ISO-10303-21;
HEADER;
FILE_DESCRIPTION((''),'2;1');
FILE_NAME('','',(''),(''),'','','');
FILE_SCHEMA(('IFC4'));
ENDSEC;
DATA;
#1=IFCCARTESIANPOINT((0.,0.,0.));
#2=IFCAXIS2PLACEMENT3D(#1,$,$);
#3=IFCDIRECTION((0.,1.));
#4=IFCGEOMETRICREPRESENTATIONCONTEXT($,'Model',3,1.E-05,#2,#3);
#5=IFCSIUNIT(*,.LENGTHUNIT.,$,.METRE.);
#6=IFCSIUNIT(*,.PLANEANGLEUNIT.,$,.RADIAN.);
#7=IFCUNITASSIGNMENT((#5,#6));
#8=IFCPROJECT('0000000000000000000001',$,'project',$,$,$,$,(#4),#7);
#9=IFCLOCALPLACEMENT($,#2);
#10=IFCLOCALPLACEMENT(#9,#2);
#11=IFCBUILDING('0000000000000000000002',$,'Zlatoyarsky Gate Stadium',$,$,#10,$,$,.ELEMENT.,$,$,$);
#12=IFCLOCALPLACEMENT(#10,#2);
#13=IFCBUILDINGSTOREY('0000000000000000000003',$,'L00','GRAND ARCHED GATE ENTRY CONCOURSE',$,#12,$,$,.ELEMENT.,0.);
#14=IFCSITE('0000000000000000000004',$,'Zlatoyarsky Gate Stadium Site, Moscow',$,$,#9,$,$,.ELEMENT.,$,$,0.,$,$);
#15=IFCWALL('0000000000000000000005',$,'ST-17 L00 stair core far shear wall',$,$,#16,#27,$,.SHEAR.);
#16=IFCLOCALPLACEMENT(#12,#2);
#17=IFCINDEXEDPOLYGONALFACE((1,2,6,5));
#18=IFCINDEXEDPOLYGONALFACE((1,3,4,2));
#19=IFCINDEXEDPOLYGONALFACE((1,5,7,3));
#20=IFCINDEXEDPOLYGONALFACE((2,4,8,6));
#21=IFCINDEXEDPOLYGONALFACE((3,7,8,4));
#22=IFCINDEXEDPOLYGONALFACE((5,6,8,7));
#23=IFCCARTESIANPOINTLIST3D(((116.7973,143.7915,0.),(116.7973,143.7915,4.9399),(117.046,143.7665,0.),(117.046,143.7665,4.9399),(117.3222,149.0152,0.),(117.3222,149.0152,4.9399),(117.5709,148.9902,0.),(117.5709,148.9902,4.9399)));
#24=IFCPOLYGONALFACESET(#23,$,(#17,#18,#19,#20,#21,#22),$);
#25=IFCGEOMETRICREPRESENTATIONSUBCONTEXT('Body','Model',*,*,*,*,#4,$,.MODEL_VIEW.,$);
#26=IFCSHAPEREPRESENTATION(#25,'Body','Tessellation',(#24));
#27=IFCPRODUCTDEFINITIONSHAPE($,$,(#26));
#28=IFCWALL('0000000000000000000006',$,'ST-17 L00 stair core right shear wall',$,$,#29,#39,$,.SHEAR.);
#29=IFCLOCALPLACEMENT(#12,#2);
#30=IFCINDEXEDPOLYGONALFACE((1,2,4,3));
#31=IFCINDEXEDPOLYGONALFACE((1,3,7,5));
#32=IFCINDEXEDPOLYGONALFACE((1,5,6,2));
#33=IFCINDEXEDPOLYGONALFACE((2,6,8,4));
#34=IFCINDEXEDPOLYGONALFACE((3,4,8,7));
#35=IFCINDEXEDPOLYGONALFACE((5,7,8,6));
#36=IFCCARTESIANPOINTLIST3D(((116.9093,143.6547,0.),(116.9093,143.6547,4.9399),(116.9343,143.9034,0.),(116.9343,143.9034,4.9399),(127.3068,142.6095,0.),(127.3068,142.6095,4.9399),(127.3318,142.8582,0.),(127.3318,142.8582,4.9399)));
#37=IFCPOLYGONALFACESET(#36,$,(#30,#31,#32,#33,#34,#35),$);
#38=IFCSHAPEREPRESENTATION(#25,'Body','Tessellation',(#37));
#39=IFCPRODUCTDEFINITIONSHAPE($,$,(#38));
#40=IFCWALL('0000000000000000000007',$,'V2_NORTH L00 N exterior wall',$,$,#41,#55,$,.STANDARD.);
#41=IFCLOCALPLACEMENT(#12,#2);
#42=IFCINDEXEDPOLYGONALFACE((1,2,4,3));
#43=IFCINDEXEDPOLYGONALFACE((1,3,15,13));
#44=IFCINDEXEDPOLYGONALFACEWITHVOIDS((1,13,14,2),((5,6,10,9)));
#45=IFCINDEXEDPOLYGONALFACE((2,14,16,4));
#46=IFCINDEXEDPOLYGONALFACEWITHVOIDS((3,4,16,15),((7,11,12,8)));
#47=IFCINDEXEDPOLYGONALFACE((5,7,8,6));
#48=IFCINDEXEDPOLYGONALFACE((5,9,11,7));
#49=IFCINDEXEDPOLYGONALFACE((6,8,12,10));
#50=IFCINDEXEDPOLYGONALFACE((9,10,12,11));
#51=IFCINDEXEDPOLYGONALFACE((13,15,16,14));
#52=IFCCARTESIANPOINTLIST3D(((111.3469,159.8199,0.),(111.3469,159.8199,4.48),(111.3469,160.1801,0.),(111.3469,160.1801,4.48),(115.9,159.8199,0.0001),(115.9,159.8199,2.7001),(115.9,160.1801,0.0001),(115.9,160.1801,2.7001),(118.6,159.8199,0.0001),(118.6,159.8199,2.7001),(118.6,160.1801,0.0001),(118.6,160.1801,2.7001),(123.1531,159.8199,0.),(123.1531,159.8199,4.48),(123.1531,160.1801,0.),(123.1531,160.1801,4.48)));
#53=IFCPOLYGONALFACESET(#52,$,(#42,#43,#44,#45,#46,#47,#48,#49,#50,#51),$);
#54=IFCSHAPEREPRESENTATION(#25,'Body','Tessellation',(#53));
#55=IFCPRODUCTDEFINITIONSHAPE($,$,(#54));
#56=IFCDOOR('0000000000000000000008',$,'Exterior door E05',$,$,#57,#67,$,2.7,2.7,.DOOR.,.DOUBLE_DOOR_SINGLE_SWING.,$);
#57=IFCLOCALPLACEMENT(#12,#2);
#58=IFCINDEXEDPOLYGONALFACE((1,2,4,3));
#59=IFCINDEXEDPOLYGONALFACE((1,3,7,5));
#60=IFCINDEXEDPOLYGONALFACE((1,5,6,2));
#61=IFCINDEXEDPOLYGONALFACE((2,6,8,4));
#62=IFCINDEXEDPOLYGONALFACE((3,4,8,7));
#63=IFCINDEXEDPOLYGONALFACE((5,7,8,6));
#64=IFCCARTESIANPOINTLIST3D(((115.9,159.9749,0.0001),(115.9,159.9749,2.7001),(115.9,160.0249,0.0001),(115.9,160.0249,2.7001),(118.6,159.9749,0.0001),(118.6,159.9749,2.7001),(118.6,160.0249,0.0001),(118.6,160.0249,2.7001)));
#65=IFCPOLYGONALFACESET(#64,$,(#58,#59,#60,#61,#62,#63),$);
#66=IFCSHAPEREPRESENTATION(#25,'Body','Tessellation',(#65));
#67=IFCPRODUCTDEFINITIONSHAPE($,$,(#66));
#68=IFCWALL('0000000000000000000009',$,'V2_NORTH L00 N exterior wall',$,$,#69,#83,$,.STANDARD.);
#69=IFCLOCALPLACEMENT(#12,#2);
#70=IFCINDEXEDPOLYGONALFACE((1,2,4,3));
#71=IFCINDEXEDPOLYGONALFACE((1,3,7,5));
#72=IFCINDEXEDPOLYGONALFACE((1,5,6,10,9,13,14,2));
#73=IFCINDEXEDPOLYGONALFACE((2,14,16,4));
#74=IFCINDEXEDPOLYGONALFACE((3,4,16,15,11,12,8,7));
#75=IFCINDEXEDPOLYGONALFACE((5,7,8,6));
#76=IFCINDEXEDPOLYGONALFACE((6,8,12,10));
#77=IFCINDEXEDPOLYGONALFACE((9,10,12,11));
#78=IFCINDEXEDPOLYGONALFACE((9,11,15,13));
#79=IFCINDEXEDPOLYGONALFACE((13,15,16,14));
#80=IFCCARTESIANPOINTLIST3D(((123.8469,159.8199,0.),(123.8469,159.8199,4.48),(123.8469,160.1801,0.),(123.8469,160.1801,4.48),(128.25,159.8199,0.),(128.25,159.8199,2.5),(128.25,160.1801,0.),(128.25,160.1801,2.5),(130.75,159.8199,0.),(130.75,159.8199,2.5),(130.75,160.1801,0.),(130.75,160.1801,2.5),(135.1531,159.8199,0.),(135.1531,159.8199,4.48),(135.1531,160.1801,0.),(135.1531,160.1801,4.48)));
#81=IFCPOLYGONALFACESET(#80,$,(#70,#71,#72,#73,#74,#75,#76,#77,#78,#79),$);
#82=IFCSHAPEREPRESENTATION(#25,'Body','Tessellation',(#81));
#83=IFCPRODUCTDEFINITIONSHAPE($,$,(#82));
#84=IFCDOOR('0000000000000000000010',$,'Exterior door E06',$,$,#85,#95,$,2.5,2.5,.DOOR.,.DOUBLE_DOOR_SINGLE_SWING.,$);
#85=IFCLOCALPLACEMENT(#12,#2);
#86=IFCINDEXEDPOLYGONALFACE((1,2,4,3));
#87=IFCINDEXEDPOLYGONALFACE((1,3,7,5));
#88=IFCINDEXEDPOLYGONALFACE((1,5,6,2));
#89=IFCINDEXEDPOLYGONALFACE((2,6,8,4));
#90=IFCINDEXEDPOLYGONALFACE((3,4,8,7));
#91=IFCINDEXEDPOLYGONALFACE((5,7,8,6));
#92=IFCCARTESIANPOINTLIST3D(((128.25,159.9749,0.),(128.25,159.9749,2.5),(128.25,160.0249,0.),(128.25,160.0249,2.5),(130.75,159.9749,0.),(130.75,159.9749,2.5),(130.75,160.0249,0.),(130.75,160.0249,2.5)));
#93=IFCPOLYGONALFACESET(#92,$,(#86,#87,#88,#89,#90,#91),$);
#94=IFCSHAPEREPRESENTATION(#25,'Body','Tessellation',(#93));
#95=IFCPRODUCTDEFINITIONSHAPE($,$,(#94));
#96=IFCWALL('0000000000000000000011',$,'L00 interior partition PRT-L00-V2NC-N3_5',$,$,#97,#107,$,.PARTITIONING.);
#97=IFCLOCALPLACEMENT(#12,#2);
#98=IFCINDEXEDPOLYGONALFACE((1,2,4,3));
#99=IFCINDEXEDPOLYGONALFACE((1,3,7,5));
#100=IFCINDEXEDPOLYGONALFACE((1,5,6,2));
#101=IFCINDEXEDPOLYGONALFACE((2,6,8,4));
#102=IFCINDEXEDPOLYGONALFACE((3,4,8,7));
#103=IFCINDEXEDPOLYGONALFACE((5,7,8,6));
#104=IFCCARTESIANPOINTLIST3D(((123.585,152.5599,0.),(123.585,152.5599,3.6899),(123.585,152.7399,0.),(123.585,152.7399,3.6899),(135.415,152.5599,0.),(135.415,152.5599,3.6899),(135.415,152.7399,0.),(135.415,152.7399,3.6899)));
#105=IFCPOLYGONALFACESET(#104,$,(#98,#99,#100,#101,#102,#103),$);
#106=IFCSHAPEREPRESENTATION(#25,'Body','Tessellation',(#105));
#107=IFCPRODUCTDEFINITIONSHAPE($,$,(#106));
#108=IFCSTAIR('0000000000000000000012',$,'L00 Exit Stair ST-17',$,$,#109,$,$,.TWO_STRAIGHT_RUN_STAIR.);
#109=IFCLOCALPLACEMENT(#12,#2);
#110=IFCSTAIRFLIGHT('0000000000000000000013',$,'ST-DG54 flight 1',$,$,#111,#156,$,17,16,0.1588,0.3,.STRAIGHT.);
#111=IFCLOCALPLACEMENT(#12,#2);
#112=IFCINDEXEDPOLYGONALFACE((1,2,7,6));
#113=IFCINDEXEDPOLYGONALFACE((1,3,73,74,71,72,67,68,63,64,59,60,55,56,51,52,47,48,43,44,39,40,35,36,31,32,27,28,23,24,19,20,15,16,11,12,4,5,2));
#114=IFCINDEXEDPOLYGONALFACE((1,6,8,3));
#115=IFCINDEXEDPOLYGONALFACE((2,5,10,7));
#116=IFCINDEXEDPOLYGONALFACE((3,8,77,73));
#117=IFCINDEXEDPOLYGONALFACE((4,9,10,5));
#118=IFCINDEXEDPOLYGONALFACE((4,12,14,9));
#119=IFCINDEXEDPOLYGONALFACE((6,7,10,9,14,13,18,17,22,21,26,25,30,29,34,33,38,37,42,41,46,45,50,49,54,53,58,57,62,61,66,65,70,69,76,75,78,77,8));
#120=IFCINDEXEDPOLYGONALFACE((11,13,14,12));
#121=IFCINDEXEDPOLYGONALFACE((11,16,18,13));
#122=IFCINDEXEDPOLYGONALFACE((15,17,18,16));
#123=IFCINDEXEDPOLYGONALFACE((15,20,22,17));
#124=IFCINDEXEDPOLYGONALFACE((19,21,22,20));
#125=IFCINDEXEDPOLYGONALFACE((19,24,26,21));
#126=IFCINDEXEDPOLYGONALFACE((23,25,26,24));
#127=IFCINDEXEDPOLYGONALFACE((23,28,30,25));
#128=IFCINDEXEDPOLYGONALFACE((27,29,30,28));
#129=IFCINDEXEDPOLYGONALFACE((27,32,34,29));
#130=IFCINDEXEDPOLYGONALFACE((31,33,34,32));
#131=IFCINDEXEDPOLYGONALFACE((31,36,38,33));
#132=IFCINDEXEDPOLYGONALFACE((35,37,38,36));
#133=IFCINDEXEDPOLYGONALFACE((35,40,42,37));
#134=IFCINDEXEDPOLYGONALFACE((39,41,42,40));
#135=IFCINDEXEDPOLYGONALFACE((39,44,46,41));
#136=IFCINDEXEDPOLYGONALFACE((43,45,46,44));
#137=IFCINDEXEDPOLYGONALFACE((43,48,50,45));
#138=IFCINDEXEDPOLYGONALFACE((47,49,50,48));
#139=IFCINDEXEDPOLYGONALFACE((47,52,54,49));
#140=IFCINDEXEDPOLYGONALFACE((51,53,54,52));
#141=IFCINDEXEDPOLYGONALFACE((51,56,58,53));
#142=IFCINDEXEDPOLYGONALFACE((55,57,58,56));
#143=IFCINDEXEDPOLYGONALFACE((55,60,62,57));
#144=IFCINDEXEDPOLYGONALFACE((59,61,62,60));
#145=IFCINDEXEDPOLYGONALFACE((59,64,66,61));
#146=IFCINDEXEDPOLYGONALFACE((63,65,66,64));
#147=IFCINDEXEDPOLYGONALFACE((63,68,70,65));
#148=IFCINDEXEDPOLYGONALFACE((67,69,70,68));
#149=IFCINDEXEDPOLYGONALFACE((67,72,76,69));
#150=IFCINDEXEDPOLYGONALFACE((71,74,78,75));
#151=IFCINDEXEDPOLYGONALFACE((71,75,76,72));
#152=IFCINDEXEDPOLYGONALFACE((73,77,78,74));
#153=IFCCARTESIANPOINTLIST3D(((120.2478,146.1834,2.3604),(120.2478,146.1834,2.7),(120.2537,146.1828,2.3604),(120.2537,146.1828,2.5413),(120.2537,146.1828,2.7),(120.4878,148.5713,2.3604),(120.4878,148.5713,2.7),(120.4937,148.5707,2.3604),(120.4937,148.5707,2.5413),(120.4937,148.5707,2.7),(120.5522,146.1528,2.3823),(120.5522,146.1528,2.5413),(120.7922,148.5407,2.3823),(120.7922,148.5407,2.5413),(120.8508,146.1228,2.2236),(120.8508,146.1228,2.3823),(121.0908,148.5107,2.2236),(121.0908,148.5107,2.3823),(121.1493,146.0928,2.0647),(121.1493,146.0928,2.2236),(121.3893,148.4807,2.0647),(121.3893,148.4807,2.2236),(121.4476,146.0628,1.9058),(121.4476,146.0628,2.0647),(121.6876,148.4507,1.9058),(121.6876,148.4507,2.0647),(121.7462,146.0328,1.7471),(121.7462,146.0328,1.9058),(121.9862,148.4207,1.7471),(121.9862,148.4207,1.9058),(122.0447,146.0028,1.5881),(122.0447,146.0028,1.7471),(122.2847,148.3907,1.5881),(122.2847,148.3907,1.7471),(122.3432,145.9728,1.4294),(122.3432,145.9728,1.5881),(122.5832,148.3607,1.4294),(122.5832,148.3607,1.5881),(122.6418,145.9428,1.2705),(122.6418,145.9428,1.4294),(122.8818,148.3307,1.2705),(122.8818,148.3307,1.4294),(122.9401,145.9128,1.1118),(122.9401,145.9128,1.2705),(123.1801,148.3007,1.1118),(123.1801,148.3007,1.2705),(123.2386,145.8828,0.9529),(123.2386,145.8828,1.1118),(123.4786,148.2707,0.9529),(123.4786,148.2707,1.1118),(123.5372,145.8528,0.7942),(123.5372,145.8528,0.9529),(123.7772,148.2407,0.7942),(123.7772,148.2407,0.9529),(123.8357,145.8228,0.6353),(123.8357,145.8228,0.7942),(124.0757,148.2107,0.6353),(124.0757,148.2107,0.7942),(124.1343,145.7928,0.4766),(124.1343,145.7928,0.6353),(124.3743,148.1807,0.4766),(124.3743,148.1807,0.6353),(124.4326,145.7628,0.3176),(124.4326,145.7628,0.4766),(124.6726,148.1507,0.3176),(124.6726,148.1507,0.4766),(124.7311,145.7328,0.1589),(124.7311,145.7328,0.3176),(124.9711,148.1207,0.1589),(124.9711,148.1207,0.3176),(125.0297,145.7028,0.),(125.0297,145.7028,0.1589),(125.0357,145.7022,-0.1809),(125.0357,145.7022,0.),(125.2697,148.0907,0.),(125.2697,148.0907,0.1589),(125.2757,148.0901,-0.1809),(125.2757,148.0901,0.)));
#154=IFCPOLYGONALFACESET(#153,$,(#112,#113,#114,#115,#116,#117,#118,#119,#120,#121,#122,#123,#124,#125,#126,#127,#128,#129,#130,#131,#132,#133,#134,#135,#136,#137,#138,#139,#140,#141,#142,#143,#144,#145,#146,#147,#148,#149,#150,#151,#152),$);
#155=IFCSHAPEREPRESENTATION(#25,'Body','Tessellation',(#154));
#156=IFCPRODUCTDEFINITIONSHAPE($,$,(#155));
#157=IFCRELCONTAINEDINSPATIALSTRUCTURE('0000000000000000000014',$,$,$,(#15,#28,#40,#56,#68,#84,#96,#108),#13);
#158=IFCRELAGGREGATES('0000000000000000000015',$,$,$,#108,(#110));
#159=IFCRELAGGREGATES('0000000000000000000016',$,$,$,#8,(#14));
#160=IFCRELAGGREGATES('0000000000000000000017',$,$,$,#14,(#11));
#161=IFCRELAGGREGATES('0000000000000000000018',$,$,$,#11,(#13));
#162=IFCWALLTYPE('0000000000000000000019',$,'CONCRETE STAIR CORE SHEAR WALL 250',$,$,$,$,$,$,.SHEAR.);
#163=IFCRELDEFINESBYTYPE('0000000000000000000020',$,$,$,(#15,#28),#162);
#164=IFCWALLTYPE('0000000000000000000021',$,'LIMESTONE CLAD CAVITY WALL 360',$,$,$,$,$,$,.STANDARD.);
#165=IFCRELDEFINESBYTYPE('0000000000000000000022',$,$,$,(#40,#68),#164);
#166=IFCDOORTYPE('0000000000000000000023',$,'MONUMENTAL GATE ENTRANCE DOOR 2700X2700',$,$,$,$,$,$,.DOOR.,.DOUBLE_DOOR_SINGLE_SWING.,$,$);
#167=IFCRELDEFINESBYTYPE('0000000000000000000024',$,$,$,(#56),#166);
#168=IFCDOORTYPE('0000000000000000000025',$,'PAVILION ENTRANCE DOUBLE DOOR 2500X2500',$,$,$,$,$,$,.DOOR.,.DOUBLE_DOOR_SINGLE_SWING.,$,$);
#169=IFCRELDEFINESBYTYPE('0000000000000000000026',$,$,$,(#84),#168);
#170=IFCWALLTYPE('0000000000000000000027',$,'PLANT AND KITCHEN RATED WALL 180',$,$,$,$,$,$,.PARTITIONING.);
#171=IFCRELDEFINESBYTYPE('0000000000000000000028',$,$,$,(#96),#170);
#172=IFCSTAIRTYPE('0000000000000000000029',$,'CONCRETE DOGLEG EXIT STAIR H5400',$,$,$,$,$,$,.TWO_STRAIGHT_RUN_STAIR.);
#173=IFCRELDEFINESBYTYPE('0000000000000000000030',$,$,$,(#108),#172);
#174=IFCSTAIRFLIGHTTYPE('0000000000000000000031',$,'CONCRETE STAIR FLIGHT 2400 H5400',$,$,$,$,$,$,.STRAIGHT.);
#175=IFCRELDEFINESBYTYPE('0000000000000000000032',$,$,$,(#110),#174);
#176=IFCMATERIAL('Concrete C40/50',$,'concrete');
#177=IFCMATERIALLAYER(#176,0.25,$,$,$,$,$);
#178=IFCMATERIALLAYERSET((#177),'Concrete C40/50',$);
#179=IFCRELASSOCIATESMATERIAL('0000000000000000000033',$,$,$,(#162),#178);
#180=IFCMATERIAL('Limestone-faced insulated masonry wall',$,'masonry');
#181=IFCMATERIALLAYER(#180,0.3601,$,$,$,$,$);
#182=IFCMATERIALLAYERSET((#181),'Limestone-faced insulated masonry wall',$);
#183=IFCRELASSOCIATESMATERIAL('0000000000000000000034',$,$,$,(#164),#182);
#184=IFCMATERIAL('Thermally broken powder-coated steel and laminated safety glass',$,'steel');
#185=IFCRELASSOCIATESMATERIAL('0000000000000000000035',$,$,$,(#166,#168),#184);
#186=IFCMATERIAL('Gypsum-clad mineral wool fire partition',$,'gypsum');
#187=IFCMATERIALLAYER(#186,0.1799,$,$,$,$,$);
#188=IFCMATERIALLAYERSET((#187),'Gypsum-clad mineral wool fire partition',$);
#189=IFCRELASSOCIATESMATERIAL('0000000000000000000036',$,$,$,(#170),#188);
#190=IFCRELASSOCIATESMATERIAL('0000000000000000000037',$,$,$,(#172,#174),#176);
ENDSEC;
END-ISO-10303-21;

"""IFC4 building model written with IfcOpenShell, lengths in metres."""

from ifc_helpers import new_model, si_unit, direction, frame, frame_2d, origin, place, context, subcontext, project, spatial, polyline, rectangle, outline, extrude, material, layer, layer_set, type_object, element, fill, aggregate, save


model = new_model("IFC4")

# Units and contexts
model_context = context("Model", 3, precision=1e-05, world=origin(), true_north=direction((0.0, 1.0)))
body_context = subcontext(model_context, "Body", "Model", "MODEL_VIEW")
ifc_project = project(units=[si_unit("LENGTHUNIT", "METRE"), si_unit("PLANEANGLEUNIT", "RADIAN")], contexts=[model_context])

# Site, building, storey
site_placement = place(None, origin())
site = spatial("IfcSite", under=ifc_project, at=site_placement, Name="Zlatoyarsky Gate Stadium Site, Moscow", CompositionType="ELEMENT", RefElevation=0.0)
building_placement = place(site_placement, origin())
building = spatial("IfcBuilding", under=site, at=building_placement, Name="Zlatoyarsky Gate Stadium", CompositionType="ELEMENT")
storey_placement = place(building_placement, origin())
storey = spatial("IfcBuildingStorey", under=building, at=storey_placement, Name="L00", Description="GRAND ARCHED GATE ENTRY CONCOURSE", CompositionType="ELEMENT", Elevation=0.0)

# Shared definitions
ifc_material_1 = material(Name="Concrete C40/50", Category="concrete")

# Shared definitions
ifc_material_2 = material(Name="Gypsum-clad mineral wool fire partition", Category="gypsum")
ifc_layer_1 = layer(ifc_material_1, 0.25)
ifc_layer_set_1 = layer_set([ifc_layer_1], Name="Concrete C40/50")
wall_type_1 = type_object("IfcWallType", Name="CONCRETE STAIR CORE SHEAR WALL 250", PredefinedType="SHEAR", material=ifc_layer_set_1)

# Walls
wall_1_placement = place(storey_placement, frame((117.4465, 149.0027, 0.0), z_axis=(0.0, 0.0, 1.0), x_axis=(-0.099983, -0.994989, 0.0)))
element("IfcWall", 1, at=wall_1_placement, inside=storey, type_object=wall_type_1, Name="ST-17 L00 stair core far shear wall", PredefinedType="SHEAR", context=body_context, shape_type="SweptSolid", body=[
    extrude(rectangle(XDim=5.25, YDim=0.25, at=frame_2d((2.625, 0.0))), origin(), (0.0, 0.0, 1.0), 4.9399),
])
wall_2_placement = place(storey_placement, frame((116.9216, 143.7791, 0.0), z_axis=(0.0, 0.0, 1.0), x_axis=(0.994986, -0.100017, 0.0)))
element("IfcWall", 2, at=wall_2_placement, inside=storey, type_object=wall_type_1, Name="ST-17 L00 stair core right shear wall", PredefinedType="SHEAR", context=body_context, shape_type="SweptSolid", body=[
    extrude(rectangle(XDim=10.45, YDim=0.25, at=frame_2d((5.2251, 0.0))), origin(), (0.0, 0.0, 1.0), 4.9399),
])

# Walls, openings, doors
ifc_material_3 = material(Name="Limestone-faced insulated masonry wall", Category="masonry")
ifc_layer_2 = layer(ifc_material_3, 0.3601)
ifc_layer_set_2 = layer_set([ifc_layer_2], Name="Limestone-faced insulated masonry wall")
wall_type_2 = type_object("IfcWallType", Name="LIMESTONE CLAD CAVITY WALL 360", PredefinedType="STANDARD", material=ifc_layer_set_2)
wall_3_placement = place(storey_placement, frame((111.3469, 160.0, 0.0), z_axis=(0.0, 0.0, 1.0), x_axis=(1.0, 0.0, 0.0)))
wall_3 = element("IfcWall", 3, at=wall_3_placement, inside=storey, type_object=wall_type_2, Name="V2_NORTH L00 N exterior wall", PredefinedType="STANDARD", context=body_context, shape_type="SweptSolid", body=[
    extrude(rectangle(XDim=11.8062, YDim=0.3601, at=frame_2d((5.9031, 0.0))), origin(), (0.0, 0.0, 1.0), 4.48),
])
opening_1_placement = place(wall_3_placement, frame((4.553, 0.0, 0.0)))
opening_1 = element("IfcOpeningElement", 4, at=opening_1_placement, cuts=wall_3, PredefinedType="OPENING", context=body_context, shape_type="SweptSolid", body=[
    extrude(rectangle(XDim=2.7, YDim=2.7, at=frame_2d((1.3501, 1.3501))), frame((0.0, 0.1899, 0.0), z_axis=(0.0, -1.0, 0.0), x_axis=(1.0, 0.0, 0.0)), (0.0, 0.0, 1.0), 0.3801),
])
ifc_material_4 = material(Name="Thermally broken powder-coated steel and laminated safety glass", Category="steel")
door_type_1 = type_object("IfcDoorType", Name="MONUMENTAL GATE ENTRANCE DOOR 2700X2700", OperationType="DOUBLE_DOOR_SINGLE_SWING", PredefinedType="DOOR", material=ifc_material_4)
door_1_placement = place(opening_1_placement, origin())
door_1 = element("IfcDoor", 5, at=door_1_placement, inside=storey, type_object=door_type_1, Name="Exterior door E05", OperationType="DOUBLE_DOOR_SINGLE_SWING", OverallHeight=2.7, OverallWidth=2.7, PredefinedType="DOOR", context=body_context, shape_type="SweptSolid", body=[
    extrude(rectangle(XDim=2.7, YDim=2.7, at=frame_2d((1.3501, 1.3501))), frame((0.0, 0.0249, 0.0), z_axis=(0.0, -1.0, 0.0), x_axis=(1.0, 0.0, 0.0)), (0.0, 0.0, 1.0), 0.05),
])
fill(opening_1, door_1)
wall_4_placement = place(storey_placement, frame((123.8469, 160.0, 0.0), z_axis=(0.0, 0.0, 1.0), x_axis=(1.0, 0.0, 0.0)))
wall_4 = element("IfcWall", 6, at=wall_4_placement, inside=storey, type_object=wall_type_2, Name="V2_NORTH L00 N exterior wall", PredefinedType="STANDARD", context=body_context, shape_type="SweptSolid", body=[
    extrude(rectangle(XDim=11.3062, YDim=0.3601, at=frame_2d((5.6531, 0.0))), origin(), (0.0, 0.0, 1.0), 4.48),
])
opening_2_placement = place(wall_4_placement, frame((4.4031, 0.0, 0.0)))
opening_2 = element("IfcOpeningElement", 7, at=opening_2_placement, cuts=wall_4, PredefinedType="OPENING", context=body_context, shape_type="SweptSolid", body=[
    extrude(rectangle(XDim=2.5, YDim=2.5, at=frame_2d((1.25, 1.25))), frame((0.0, 0.1899, 0.0), z_axis=(0.0, -1.0, 0.0), x_axis=(1.0, 0.0, 0.0)), (0.0, 0.0, 1.0), 0.3801),
])
door_type_2 = type_object("IfcDoorType", Name="PAVILION ENTRANCE DOUBLE DOOR 2500X2500", OperationType="DOUBLE_DOOR_SINGLE_SWING", PredefinedType="DOOR", material=ifc_material_4)
door_2_placement = place(opening_2_placement, origin())
door_2 = element("IfcDoor", 8, at=door_2_placement, inside=storey, type_object=door_type_2, Name="Exterior door E06", OperationType="DOUBLE_DOOR_SINGLE_SWING", OverallHeight=2.5, OverallWidth=2.5, PredefinedType="DOOR", context=body_context, shape_type="SweptSolid", body=[
    extrude(rectangle(XDim=2.5, YDim=2.5, at=frame_2d((1.25, 1.25))), frame((0.0, 0.0249, 0.0), z_axis=(0.0, -1.0, 0.0), x_axis=(1.0, 0.0, 0.0)), (0.0, 0.0, 1.0), 0.05),
])
fill(opening_2, door_2)

# Wall
ifc_layer_3 = layer(ifc_material_2, 0.1799)
ifc_layer_set_3 = layer_set([ifc_layer_3], Name="Gypsum-clad mineral wool fire partition")
wall_type_3 = type_object("IfcWallType", Name="PLANT AND KITCHEN RATED WALL 180", PredefinedType="PARTITIONING", material=ifc_layer_set_3)
wall_5_placement = place(storey_placement, frame((123.585, 152.6499, 0.0), z_axis=(0.0, 0.0, 1.0), x_axis=(1.0, 0.0, 0.0)))
element("IfcWall", 9, at=wall_5_placement, inside=storey, type_object=wall_type_3, Name="L00 interior partition PRT-L00-V2NC-N3_5", PredefinedType="PARTITIONING", context=body_context, shape_type="SweptSolid", body=[
    extrude(rectangle(XDim=11.8301, YDim=0.1799, at=frame_2d((5.915, 0.0))), origin(), (0.0, 0.0, 1.0), 3.6899),
])

# Stair, stair flight
stair_type = type_object("IfcStairType", Name="CONCRETE DOGLEG EXIT STAIR H5400", PredefinedType="TWO_STRAIGHT_RUN_STAIR", material=ifc_material_1)
stair_placement = place(storey_placement, origin())
stair = element("IfcStair", 10, at=stair_placement, inside=storey, type_object=stair_type, Name="L00 Exit Stair ST-17", PredefinedType="TWO_STRAIGHT_RUN_STAIR")
stair_flight_type = type_object("IfcStairFlightType", Name="CONCRETE STAIR FLIGHT 2400 H5400", PredefinedType="STRAIGHT", material=ifc_material_1)
stair_flight_1_placement = place(storey_placement, frame((125.1497, 146.8967, 0.0), z_axis=(0.0, 0.0, 1.0), x_axis=(-0.994987, 0.100006, 0.0)))
stair_flight_1 = element("IfcStairFlight", 11, at=stair_flight_1_placement, type_object=stair_flight_type, Name="ST-DG54 flight 1", NumberOfRisers=17, NumberOfTreads=16, PredefinedType="STRAIGHT", RiserHeight=0.1588, TreadLength=0.3, context=body_context, shape_type="SweptSolid", body=[
    extrude(outline(polyline([(-0.0061, -0.1809), (-0.0061, 0.0), (0.0, 0.0), (0.0, 0.1589), (0.3, 0.1589), (0.3, 0.3176), (0.6001, 0.3176), (0.6001, 0.4766), (0.8999, 0.4766), (0.8999, 0.6353), (1.2, 0.6353), (1.2, 0.7942), (1.5, 0.7942), (1.5, 0.9529), (1.8, 0.9529), (1.8, 1.1118), (2.1001, 1.1118), (2.1001, 1.2705), (2.3999, 1.2705), (2.3999, 1.4294), (2.7, 1.4294), (2.7, 1.5881), (3.0, 1.5881), (3.0, 1.7471), (3.3, 1.7471), (3.3, 1.9058), (3.6001, 1.9058), (3.6001, 2.0647), (3.8999, 2.0647), (3.8999, 2.2236), (4.2, 2.2236), (4.2, 2.3823), (4.5, 2.3823), (4.5, 2.5413), (4.8, 2.5413), (4.8, 2.7), (4.8059, 2.7), (4.8059, 2.3604), (4.8, 2.3604), (-0.0061, -0.1809)])), frame((0.0, 1.2, 0.0), z_axis=(0.0, -1.0, 0.0), x_axis=(1.0, 0.0, 0.0)), (0.0, 0.0, 1.0), 2.3999),
])
aggregate(stair, [stair_flight_1])

save(model, "model.ifc")
